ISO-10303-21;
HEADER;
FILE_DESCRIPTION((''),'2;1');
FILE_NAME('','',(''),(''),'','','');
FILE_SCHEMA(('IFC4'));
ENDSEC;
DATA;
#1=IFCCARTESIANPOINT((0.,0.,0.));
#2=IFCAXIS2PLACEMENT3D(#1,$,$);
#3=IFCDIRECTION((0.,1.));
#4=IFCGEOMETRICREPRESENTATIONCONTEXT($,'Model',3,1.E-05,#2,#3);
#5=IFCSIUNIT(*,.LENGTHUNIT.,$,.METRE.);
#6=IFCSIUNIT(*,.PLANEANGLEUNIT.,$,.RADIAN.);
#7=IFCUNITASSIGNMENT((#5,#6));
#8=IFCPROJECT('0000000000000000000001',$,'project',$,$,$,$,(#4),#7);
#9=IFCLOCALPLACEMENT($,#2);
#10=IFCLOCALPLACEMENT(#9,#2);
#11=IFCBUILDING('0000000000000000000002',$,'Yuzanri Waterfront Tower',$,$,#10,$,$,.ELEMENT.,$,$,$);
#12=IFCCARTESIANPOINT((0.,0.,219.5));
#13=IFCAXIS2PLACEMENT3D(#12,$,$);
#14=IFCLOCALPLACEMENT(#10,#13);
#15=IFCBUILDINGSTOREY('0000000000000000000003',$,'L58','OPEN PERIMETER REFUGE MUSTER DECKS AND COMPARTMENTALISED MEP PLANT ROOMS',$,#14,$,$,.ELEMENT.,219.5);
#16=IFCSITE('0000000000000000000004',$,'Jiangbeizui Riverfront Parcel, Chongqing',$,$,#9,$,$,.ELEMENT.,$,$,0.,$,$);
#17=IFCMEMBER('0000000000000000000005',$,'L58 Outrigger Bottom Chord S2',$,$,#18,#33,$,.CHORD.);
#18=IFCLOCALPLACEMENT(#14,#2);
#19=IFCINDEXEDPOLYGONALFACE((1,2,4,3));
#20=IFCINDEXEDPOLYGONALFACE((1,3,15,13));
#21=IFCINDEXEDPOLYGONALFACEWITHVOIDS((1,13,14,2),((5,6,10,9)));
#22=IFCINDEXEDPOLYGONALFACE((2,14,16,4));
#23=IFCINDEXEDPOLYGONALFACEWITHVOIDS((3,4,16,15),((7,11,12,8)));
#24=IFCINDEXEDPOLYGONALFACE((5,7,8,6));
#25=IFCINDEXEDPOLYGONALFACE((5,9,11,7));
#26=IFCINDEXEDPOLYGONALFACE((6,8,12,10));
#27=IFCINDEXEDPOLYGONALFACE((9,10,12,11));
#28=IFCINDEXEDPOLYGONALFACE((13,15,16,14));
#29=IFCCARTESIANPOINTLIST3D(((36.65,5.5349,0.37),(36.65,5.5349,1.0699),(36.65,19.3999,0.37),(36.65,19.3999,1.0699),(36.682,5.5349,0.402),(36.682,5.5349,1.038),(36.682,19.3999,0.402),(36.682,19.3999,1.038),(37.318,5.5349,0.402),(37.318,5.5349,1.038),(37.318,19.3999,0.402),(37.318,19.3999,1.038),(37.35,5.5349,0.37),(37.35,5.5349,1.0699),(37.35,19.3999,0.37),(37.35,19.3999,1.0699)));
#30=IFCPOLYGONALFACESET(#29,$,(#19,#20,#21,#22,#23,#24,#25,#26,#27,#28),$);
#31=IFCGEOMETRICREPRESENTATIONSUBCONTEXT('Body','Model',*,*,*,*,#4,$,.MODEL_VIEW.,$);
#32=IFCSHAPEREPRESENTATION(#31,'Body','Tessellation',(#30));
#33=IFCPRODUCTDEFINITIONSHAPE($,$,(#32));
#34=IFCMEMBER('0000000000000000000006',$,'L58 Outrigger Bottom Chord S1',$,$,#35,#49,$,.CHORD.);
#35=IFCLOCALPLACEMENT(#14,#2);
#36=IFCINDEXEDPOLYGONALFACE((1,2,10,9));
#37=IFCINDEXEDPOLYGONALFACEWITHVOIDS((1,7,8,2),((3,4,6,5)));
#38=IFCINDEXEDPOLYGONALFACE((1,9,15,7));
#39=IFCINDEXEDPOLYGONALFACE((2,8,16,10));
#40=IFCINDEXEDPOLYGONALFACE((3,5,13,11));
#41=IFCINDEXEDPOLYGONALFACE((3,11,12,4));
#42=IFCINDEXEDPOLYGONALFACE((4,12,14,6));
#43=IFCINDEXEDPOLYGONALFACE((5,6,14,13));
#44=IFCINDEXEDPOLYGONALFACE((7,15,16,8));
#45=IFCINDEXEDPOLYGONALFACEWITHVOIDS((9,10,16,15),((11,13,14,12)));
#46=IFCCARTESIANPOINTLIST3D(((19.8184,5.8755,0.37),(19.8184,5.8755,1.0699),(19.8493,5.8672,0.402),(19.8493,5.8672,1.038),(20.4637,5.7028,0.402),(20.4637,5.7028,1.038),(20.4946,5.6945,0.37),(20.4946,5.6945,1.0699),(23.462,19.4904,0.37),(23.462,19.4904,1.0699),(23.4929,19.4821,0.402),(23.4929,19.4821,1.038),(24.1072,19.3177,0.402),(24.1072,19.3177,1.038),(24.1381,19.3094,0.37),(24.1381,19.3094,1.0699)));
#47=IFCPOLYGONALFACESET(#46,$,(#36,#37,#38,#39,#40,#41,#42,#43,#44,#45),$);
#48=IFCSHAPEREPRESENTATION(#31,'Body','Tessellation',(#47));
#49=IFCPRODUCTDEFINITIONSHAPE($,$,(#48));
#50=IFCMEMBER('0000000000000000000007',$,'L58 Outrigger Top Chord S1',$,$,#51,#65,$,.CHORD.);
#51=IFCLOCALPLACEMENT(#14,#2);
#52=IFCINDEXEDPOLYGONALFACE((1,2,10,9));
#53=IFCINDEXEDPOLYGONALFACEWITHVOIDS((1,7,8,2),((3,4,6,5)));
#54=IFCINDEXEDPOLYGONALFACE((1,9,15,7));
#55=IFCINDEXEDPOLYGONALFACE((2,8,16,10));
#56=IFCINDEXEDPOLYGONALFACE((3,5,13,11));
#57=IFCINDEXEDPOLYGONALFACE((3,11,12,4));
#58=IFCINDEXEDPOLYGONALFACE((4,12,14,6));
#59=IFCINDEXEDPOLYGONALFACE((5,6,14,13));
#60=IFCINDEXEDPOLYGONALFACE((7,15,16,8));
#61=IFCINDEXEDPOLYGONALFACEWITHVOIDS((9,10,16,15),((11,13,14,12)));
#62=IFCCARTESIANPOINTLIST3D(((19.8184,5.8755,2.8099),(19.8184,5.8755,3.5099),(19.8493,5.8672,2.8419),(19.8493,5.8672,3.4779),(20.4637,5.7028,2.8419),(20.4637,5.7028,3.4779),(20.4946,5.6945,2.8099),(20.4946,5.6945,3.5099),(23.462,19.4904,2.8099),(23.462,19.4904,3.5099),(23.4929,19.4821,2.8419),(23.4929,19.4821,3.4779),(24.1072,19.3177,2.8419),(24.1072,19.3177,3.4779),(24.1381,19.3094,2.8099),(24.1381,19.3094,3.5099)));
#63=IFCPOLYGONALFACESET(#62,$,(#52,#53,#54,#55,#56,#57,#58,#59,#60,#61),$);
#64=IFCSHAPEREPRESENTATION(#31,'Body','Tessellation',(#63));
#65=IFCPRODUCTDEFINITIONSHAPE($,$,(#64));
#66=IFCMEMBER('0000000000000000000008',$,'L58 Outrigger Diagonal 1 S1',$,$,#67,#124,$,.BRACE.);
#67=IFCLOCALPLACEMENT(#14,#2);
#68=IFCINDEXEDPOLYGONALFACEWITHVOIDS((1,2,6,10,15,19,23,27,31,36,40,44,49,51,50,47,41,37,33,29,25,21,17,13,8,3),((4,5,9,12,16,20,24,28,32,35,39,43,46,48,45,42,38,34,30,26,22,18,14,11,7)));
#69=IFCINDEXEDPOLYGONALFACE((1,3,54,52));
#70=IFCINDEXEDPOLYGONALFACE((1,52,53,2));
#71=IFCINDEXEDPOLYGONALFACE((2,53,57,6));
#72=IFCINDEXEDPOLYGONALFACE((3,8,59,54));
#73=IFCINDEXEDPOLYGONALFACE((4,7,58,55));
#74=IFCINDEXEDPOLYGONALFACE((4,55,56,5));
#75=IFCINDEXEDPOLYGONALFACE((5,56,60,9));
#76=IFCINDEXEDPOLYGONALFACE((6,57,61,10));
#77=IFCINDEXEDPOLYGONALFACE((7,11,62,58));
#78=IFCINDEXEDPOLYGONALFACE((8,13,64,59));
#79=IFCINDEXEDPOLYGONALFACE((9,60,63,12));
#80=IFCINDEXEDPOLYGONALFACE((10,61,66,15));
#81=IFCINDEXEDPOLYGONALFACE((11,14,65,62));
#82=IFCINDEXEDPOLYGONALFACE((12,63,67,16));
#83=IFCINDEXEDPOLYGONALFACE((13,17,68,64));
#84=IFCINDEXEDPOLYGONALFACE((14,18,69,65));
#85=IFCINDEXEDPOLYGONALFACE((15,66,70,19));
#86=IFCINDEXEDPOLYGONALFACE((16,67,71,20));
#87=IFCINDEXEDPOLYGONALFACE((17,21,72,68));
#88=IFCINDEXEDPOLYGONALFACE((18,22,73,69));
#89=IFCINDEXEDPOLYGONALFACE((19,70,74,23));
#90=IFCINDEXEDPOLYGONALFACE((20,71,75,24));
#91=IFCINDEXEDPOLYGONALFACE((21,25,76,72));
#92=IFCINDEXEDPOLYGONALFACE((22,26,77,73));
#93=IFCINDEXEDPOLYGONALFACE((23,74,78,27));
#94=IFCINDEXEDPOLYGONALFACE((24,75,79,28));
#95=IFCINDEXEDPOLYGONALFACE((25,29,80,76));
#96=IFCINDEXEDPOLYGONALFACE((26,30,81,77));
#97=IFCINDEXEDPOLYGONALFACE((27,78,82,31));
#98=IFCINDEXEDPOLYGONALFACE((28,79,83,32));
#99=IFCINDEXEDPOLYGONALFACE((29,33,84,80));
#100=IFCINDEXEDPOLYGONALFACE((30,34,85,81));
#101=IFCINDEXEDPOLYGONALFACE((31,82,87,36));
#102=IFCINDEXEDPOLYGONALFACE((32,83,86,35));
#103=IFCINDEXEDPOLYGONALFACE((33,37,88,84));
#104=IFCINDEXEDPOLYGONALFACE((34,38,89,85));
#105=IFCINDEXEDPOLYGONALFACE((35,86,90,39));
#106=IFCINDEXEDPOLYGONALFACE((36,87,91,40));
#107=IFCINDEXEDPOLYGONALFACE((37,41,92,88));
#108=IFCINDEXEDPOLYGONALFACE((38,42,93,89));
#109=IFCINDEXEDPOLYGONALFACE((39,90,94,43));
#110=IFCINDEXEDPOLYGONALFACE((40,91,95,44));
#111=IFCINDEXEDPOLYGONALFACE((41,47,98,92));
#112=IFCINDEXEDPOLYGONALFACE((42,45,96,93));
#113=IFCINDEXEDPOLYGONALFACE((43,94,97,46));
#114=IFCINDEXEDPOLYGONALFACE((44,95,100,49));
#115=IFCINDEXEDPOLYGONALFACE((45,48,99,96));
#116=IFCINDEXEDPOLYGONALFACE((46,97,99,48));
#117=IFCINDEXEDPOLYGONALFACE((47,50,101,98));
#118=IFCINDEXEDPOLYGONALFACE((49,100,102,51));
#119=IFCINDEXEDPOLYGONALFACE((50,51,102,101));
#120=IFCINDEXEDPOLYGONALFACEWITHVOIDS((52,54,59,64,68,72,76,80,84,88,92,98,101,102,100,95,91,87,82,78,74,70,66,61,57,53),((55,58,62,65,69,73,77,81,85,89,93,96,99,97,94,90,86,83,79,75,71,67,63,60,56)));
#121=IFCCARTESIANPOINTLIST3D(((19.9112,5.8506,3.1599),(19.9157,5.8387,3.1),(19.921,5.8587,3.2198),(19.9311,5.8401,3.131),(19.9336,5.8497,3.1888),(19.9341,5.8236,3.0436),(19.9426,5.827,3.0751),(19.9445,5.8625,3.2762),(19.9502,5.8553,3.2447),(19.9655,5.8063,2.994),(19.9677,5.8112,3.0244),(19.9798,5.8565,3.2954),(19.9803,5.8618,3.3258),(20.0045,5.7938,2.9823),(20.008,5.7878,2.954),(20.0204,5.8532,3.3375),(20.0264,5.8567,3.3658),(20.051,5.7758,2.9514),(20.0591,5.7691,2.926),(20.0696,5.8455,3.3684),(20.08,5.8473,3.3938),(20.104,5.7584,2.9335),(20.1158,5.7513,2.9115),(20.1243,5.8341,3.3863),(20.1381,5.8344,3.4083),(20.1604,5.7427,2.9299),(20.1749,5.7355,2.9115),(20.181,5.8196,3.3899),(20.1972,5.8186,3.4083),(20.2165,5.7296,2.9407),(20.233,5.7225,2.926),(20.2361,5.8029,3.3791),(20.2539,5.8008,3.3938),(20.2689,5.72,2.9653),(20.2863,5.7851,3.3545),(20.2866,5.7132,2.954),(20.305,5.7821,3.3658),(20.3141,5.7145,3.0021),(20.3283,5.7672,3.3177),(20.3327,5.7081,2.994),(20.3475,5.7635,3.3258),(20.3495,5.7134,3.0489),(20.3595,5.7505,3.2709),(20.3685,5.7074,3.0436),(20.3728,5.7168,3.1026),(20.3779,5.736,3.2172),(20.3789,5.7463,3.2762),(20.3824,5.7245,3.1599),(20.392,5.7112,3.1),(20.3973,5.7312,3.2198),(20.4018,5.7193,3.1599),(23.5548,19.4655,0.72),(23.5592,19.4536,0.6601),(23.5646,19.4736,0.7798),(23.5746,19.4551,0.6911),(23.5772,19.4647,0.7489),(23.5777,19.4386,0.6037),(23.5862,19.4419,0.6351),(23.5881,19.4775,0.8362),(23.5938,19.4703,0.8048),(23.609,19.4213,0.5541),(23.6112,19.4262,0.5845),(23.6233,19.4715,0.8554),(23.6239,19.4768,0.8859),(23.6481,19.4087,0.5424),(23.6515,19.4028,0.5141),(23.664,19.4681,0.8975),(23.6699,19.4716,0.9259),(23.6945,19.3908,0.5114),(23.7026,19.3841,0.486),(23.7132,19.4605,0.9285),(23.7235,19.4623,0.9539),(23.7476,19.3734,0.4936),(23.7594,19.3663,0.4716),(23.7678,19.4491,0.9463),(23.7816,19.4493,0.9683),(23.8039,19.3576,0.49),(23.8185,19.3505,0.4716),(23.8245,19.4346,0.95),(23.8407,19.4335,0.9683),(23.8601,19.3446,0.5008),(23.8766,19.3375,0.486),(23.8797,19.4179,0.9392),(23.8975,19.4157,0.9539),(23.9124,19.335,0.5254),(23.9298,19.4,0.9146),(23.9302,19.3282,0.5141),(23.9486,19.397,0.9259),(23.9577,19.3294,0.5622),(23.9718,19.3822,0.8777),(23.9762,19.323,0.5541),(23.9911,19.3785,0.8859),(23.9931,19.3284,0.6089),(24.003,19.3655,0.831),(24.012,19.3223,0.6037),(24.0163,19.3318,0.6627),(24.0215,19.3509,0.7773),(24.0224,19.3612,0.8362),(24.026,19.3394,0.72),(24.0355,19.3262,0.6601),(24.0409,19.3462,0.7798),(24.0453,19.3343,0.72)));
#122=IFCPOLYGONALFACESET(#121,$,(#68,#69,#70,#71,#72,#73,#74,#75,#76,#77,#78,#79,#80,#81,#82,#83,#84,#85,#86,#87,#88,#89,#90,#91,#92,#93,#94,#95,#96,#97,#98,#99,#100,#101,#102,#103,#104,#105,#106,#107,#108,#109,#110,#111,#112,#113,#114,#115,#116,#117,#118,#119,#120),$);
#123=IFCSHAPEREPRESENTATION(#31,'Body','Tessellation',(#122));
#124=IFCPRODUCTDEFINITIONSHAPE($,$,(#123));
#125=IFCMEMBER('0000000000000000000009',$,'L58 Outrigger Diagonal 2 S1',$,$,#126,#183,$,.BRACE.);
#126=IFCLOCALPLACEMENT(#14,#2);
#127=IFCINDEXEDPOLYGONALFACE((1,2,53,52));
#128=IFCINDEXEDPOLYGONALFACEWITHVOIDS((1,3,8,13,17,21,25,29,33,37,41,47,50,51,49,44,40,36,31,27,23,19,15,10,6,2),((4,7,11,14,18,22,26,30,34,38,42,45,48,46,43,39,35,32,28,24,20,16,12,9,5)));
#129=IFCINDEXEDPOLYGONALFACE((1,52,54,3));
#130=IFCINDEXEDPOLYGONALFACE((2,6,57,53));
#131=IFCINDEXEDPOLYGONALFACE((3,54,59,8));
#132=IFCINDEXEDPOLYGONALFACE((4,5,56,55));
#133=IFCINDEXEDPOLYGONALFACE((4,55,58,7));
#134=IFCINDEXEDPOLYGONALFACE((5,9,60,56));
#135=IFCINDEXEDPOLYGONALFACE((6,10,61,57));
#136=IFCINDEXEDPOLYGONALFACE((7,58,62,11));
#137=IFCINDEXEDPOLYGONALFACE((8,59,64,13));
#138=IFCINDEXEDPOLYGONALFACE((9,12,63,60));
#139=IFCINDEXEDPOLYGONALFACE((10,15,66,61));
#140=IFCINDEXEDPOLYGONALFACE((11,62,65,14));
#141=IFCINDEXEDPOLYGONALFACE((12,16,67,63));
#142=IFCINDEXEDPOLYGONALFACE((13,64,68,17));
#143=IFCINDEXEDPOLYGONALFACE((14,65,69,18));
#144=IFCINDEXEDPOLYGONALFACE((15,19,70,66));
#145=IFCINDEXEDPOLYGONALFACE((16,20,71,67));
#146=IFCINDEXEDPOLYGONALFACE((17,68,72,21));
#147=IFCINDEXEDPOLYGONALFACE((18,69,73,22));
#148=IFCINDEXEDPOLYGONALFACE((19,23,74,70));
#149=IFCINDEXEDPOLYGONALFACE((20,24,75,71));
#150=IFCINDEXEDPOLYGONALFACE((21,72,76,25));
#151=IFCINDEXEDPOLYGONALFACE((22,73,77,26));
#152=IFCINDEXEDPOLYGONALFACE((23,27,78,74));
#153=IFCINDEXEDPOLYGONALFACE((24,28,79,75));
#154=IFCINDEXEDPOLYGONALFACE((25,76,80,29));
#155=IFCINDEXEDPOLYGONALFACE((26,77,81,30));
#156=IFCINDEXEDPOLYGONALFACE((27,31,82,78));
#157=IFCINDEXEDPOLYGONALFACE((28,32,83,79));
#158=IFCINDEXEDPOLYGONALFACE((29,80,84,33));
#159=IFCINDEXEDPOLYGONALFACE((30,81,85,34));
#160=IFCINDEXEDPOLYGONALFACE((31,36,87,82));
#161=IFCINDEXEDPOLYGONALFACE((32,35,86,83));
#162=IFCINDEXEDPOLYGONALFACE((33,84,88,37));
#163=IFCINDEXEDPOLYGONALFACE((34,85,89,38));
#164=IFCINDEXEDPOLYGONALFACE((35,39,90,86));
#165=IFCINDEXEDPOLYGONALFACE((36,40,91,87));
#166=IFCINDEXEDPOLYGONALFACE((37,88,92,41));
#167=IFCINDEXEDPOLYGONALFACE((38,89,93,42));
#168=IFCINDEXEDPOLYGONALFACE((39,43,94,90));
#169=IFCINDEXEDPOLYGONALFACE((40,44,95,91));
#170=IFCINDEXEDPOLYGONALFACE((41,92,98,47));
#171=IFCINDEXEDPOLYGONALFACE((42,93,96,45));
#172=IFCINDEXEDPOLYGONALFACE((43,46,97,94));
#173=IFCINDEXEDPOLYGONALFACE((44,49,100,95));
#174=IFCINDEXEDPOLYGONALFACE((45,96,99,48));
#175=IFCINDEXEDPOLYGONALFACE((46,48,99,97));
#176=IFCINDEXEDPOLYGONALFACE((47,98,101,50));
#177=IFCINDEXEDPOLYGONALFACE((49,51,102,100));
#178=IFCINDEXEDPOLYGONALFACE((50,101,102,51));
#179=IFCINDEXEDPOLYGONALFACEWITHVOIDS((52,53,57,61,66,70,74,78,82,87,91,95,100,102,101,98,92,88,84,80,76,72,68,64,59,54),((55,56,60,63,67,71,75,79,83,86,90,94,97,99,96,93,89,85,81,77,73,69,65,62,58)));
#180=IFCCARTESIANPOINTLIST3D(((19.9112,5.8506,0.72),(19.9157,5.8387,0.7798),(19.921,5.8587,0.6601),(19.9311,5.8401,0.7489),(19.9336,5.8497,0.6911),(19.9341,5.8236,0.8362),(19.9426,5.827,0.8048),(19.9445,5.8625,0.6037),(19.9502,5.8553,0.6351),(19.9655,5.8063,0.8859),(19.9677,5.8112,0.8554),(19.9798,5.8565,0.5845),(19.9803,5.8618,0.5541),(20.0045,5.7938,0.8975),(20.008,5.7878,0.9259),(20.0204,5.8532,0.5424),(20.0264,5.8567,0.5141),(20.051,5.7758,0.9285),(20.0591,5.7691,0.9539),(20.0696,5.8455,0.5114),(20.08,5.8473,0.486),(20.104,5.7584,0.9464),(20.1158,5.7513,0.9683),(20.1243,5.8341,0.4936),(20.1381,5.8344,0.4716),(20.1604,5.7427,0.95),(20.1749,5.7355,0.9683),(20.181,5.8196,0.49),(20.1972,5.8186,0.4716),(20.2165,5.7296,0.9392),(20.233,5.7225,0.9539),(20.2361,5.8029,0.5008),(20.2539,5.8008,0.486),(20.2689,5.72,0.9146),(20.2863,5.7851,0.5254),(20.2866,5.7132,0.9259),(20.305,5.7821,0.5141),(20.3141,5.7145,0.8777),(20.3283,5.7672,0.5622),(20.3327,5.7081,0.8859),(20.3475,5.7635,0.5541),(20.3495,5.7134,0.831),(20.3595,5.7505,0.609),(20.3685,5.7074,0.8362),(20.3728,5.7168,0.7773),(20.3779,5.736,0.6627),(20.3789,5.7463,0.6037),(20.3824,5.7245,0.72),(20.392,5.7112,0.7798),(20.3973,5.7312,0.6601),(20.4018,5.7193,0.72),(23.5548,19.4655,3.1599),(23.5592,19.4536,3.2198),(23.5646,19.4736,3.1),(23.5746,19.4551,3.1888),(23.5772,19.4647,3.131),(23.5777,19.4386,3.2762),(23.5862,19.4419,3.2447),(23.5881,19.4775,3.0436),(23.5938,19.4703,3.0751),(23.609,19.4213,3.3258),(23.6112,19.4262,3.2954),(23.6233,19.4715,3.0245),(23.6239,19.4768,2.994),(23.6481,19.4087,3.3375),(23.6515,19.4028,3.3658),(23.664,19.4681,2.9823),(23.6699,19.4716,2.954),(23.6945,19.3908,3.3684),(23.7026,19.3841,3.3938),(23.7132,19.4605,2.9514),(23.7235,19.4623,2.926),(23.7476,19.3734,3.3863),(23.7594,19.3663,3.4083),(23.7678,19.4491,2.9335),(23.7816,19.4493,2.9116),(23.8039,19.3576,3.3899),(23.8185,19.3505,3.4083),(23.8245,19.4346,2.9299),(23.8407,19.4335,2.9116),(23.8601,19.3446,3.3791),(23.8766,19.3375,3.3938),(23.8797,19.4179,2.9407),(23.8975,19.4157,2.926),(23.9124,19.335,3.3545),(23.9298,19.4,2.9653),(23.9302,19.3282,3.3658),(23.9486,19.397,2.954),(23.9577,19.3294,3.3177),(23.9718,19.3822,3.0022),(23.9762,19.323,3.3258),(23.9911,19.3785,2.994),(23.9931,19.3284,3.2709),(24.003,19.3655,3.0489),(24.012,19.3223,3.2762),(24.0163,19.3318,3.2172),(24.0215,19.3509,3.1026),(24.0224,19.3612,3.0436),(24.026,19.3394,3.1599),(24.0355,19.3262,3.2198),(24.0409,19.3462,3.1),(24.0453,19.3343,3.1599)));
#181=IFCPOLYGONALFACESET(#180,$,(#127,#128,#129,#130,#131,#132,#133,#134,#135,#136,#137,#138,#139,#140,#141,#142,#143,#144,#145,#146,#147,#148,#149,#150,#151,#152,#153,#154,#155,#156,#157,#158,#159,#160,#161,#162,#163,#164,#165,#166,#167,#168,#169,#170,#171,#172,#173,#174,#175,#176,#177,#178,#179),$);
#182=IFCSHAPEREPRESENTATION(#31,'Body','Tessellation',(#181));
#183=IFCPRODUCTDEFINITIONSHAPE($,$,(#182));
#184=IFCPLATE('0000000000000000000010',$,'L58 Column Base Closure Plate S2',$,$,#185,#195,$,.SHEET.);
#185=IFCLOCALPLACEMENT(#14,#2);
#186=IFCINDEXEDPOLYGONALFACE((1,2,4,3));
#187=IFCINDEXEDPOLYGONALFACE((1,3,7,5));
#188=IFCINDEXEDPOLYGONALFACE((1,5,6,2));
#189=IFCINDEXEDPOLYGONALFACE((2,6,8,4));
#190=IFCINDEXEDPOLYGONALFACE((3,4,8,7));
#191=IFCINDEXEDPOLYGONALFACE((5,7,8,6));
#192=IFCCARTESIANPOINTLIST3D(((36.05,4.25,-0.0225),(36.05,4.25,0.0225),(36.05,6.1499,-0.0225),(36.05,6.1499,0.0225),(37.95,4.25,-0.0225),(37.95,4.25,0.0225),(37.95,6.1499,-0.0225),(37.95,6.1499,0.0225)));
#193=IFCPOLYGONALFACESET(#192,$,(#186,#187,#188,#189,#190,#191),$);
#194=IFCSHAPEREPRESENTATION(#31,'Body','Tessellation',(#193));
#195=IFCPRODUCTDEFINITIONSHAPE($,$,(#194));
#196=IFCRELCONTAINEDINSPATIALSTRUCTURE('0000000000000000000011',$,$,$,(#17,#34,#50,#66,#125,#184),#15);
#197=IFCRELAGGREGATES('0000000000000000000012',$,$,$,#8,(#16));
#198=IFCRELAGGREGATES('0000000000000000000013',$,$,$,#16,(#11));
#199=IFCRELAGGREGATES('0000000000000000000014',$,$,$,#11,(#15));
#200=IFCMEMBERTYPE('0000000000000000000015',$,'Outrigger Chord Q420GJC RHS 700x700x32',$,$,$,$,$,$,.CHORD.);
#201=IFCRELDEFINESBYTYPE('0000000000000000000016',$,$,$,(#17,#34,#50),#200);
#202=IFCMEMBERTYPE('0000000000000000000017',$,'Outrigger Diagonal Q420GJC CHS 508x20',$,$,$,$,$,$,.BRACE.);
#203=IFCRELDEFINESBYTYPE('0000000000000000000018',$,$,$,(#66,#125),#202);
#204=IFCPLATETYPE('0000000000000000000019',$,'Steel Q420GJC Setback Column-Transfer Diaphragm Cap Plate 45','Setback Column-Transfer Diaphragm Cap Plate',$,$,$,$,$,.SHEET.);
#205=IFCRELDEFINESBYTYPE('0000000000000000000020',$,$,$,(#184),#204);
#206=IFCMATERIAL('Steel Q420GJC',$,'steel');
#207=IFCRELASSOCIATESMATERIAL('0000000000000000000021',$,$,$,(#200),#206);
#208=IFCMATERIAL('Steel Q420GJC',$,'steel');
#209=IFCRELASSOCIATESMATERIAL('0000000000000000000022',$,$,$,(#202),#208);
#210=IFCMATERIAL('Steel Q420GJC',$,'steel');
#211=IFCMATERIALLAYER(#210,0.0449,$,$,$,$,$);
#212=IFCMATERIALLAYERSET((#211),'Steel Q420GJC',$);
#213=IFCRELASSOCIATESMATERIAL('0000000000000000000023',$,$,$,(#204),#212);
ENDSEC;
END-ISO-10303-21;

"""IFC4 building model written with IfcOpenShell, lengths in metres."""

from ifc_helpers import new_model, si_unit, direction, frame, origin, origin_2d, place, context, subcontext, project, spatial, rectangle, hollow_rectangle, hollow_circle, extrude, source, transform, mapped, material, layer, layer_set, material_profile, profile_set, type_object, element, save


model = new_model("IFC4")

# Units and contexts
model_context = context("Model", 3, precision=1e-05, world=origin(), true_north=direction((0.0, 1.0)))
body_context = subcontext(model_context, "Body", "Model", "MODEL_VIEW")
ifc_project = project(units=[si_unit("LENGTHUNIT", "METRE"), si_unit("PLANEANGLEUNIT", "RADIAN")], contexts=[model_context])

# Site, building, storey
site_placement = place(None, origin())
site = spatial("IfcSite", under=ifc_project, at=site_placement, Name="Jiangbeizui Riverfront Parcel, Chongqing", CompositionType="ELEMENT", RefElevation=0.0)
building_placement = place(site_placement, origin())
building = spatial("IfcBuilding", under=site, at=building_placement, Name="Yuzanri Waterfront Tower", CompositionType="ELEMENT")
storey_placement = place(building_placement, frame((0.0, 0.0, 219.5)))
storey = spatial("IfcBuildingStorey", under=building, at=storey_placement, Name="L58", Description="OPEN PERIMETER REFUGE MUSTER DECKS AND COMPARTMENTALISED MEP PLANT ROOMS", CompositionType="ELEMENT", Elevation=219.5)

# Members
ifc_material_1 = material(Name="Steel Q420GJC", Category="steel")
ifc_material_profile_1 = material_profile(ifc_material_1, hollow_rectangle(XDim=0.7, YDim=0.7, WallThickness=0.032, at=origin_2d()), Name="RHS 700x700x32")
ifc_profile_set_1 = profile_set([ifc_material_profile_1], Name="Steel Q420GJC")
member_type_1 = type_object("IfcMemberType", Name="Outrigger Chord Q420GJC RHS 700x700x32", PredefinedType="CHORD", material=ifc_profile_set_1)
shared_shape_1 = source(origin(), body_context, "Body", "SweptSolid", [
    extrude(hollow_rectangle(XDim=0.7, YDim=0.7, WallThickness=0.032, at=origin_2d()), origin(), (0.0, 0.0, 1.0), 13.865),
])
member_placement = place(storey_placement, frame((37.0, 19.3999, 0.72), z_axis=(0.0, -1.0, 0.0), x_axis=(1.0, 0.0, 0.0)))
element("IfcMember", 1, at=member_placement, inside=storey, type_object=member_type_1, Name="L58 Outrigger Bottom Chord S2", PredefinedType="CHORD", context=body_context, shape_type="MappedRepresentation", body=[
    mapped(shared_shape_1, transform((0.0, 0.0, 0.0), scale=1.0)),
])
shared_shape_2 = source(origin(), body_context, "Body", "SweptSolid", [
    extrude(hollow_rectangle(XDim=0.7, YDim=0.7, WallThickness=0.032, at=origin_2d()), origin(), (0.0, 0.0, 1.0), 14.094),
])
for number, where, z_axis, x_axis, name in (
    (2, (23.8, 19.3999, 0.72), (-0.258516, -0.966007, 0.0), (0.966007, -0.258516, 0.0), "L58 Outrigger Bottom Chord S1"),
    (3, (23.8, 19.3999, 3.1599), (-0.258516, -0.966007, 0.0), (0.966007, -0.258516, 0.0), "L58 Outrigger Top Chord S1"),
):
    element("IfcMember", number, at=place(storey_placement, frame(where, z_axis=z_axis, x_axis=x_axis)), inside=storey, type_object=member_type_1, Name=name, PredefinedType="CHORD", context=body_context, shape_type="MappedRepresentation", body=[
        mapped(shared_shape_2, transform((0.0, 0.0, 0.0), scale=1.0)),
    ])
ifc_material_2 = material(Name="Steel Q420GJC", Category="steel")
ifc_material_profile_2 = material_profile(ifc_material_2, hollow_circle(Radius=0.2539, WallThickness=0.02, at=origin_2d()), Name="CHS 508x20")
ifc_profile_set_2 = profile_set([ifc_material_profile_2], Name="Steel Q420GJC")
member_type_2 = type_object("IfcMemberType", Name="Outrigger Diagonal Q420GJC CHS 508x20", PredefinedType="BRACE", material=ifc_profile_set_2)
shared_shape_3 = source(origin(), body_context, "Body", "SweptSolid", [
    extrude(hollow_circle(Radius=0.2539, WallThickness=0.02, at=origin_2d()), origin(), (0.0, 0.0, 1.0), 14.3037),
])
for number, where, z_axis, x_axis, name in (
    (4, (23.8, 19.3999, 0.72), (-0.254728, -0.951849, 0.170581), (0.966007, -0.258516, 0.0), "L58 Outrigger Diagonal 1 S1"),
    (5, (23.8, 19.3999, 3.1599), (-0.254728, -0.951849, -0.170581), (0.966007, -0.258516, 0.0), "L58 Outrigger Diagonal 2 S1"),
):
    element("IfcMember", number, at=place(storey_placement, frame(where, z_axis=z_axis, x_axis=x_axis)), inside=storey, type_object=member_type_2, Name=name, PredefinedType="BRACE", context=body_context, shape_type="MappedRepresentation", body=[
        mapped(shared_shape_3, transform((0.0, 0.0, 0.0), scale=1.0)),
    ])

# Plate
ifc_material_3 = material(Name="Steel Q420GJC", Category="steel")
ifc_layer_1 = layer(ifc_material_3, 0.0449)
ifc_layer_set_1 = layer_set([ifc_layer_1], Name="Steel Q420GJC")
plate_type_1 = type_object("IfcPlateType", Name="Steel Q420GJC Setback Column-Transfer Diaphragm Cap Plate 45", Description="Setback Column-Transfer Diaphragm Cap Plate", PredefinedType="SHEET", material=ifc_layer_set_1)
shared_shape_4 = source(origin(), body_context, "Body", "SweptSolid", [
    extrude(rectangle(XDim=1.8999, YDim=1.8999, at=origin_2d()), origin(), (0.0, 0.0, 1.0), 0.0449),
])
plate_placement = place(storey_placement, frame((37.0, 5.2, -0.0225), z_axis=(0.0, 0.0, 1.0), x_axis=(1.0, 0.0, 0.0)))
element("IfcPlate", 6, at=plate_placement, inside=storey, type_object=plate_type_1, Name="L58 Column Base Closure Plate S2", PredefinedType="SHEET", context=body_context, shape_type="MappedRepresentation", body=[
    mapped(shared_shape_4, transform((0.0, 0.0, 0.0), scale=1.0)),
])

save(model, "model.ifc")
